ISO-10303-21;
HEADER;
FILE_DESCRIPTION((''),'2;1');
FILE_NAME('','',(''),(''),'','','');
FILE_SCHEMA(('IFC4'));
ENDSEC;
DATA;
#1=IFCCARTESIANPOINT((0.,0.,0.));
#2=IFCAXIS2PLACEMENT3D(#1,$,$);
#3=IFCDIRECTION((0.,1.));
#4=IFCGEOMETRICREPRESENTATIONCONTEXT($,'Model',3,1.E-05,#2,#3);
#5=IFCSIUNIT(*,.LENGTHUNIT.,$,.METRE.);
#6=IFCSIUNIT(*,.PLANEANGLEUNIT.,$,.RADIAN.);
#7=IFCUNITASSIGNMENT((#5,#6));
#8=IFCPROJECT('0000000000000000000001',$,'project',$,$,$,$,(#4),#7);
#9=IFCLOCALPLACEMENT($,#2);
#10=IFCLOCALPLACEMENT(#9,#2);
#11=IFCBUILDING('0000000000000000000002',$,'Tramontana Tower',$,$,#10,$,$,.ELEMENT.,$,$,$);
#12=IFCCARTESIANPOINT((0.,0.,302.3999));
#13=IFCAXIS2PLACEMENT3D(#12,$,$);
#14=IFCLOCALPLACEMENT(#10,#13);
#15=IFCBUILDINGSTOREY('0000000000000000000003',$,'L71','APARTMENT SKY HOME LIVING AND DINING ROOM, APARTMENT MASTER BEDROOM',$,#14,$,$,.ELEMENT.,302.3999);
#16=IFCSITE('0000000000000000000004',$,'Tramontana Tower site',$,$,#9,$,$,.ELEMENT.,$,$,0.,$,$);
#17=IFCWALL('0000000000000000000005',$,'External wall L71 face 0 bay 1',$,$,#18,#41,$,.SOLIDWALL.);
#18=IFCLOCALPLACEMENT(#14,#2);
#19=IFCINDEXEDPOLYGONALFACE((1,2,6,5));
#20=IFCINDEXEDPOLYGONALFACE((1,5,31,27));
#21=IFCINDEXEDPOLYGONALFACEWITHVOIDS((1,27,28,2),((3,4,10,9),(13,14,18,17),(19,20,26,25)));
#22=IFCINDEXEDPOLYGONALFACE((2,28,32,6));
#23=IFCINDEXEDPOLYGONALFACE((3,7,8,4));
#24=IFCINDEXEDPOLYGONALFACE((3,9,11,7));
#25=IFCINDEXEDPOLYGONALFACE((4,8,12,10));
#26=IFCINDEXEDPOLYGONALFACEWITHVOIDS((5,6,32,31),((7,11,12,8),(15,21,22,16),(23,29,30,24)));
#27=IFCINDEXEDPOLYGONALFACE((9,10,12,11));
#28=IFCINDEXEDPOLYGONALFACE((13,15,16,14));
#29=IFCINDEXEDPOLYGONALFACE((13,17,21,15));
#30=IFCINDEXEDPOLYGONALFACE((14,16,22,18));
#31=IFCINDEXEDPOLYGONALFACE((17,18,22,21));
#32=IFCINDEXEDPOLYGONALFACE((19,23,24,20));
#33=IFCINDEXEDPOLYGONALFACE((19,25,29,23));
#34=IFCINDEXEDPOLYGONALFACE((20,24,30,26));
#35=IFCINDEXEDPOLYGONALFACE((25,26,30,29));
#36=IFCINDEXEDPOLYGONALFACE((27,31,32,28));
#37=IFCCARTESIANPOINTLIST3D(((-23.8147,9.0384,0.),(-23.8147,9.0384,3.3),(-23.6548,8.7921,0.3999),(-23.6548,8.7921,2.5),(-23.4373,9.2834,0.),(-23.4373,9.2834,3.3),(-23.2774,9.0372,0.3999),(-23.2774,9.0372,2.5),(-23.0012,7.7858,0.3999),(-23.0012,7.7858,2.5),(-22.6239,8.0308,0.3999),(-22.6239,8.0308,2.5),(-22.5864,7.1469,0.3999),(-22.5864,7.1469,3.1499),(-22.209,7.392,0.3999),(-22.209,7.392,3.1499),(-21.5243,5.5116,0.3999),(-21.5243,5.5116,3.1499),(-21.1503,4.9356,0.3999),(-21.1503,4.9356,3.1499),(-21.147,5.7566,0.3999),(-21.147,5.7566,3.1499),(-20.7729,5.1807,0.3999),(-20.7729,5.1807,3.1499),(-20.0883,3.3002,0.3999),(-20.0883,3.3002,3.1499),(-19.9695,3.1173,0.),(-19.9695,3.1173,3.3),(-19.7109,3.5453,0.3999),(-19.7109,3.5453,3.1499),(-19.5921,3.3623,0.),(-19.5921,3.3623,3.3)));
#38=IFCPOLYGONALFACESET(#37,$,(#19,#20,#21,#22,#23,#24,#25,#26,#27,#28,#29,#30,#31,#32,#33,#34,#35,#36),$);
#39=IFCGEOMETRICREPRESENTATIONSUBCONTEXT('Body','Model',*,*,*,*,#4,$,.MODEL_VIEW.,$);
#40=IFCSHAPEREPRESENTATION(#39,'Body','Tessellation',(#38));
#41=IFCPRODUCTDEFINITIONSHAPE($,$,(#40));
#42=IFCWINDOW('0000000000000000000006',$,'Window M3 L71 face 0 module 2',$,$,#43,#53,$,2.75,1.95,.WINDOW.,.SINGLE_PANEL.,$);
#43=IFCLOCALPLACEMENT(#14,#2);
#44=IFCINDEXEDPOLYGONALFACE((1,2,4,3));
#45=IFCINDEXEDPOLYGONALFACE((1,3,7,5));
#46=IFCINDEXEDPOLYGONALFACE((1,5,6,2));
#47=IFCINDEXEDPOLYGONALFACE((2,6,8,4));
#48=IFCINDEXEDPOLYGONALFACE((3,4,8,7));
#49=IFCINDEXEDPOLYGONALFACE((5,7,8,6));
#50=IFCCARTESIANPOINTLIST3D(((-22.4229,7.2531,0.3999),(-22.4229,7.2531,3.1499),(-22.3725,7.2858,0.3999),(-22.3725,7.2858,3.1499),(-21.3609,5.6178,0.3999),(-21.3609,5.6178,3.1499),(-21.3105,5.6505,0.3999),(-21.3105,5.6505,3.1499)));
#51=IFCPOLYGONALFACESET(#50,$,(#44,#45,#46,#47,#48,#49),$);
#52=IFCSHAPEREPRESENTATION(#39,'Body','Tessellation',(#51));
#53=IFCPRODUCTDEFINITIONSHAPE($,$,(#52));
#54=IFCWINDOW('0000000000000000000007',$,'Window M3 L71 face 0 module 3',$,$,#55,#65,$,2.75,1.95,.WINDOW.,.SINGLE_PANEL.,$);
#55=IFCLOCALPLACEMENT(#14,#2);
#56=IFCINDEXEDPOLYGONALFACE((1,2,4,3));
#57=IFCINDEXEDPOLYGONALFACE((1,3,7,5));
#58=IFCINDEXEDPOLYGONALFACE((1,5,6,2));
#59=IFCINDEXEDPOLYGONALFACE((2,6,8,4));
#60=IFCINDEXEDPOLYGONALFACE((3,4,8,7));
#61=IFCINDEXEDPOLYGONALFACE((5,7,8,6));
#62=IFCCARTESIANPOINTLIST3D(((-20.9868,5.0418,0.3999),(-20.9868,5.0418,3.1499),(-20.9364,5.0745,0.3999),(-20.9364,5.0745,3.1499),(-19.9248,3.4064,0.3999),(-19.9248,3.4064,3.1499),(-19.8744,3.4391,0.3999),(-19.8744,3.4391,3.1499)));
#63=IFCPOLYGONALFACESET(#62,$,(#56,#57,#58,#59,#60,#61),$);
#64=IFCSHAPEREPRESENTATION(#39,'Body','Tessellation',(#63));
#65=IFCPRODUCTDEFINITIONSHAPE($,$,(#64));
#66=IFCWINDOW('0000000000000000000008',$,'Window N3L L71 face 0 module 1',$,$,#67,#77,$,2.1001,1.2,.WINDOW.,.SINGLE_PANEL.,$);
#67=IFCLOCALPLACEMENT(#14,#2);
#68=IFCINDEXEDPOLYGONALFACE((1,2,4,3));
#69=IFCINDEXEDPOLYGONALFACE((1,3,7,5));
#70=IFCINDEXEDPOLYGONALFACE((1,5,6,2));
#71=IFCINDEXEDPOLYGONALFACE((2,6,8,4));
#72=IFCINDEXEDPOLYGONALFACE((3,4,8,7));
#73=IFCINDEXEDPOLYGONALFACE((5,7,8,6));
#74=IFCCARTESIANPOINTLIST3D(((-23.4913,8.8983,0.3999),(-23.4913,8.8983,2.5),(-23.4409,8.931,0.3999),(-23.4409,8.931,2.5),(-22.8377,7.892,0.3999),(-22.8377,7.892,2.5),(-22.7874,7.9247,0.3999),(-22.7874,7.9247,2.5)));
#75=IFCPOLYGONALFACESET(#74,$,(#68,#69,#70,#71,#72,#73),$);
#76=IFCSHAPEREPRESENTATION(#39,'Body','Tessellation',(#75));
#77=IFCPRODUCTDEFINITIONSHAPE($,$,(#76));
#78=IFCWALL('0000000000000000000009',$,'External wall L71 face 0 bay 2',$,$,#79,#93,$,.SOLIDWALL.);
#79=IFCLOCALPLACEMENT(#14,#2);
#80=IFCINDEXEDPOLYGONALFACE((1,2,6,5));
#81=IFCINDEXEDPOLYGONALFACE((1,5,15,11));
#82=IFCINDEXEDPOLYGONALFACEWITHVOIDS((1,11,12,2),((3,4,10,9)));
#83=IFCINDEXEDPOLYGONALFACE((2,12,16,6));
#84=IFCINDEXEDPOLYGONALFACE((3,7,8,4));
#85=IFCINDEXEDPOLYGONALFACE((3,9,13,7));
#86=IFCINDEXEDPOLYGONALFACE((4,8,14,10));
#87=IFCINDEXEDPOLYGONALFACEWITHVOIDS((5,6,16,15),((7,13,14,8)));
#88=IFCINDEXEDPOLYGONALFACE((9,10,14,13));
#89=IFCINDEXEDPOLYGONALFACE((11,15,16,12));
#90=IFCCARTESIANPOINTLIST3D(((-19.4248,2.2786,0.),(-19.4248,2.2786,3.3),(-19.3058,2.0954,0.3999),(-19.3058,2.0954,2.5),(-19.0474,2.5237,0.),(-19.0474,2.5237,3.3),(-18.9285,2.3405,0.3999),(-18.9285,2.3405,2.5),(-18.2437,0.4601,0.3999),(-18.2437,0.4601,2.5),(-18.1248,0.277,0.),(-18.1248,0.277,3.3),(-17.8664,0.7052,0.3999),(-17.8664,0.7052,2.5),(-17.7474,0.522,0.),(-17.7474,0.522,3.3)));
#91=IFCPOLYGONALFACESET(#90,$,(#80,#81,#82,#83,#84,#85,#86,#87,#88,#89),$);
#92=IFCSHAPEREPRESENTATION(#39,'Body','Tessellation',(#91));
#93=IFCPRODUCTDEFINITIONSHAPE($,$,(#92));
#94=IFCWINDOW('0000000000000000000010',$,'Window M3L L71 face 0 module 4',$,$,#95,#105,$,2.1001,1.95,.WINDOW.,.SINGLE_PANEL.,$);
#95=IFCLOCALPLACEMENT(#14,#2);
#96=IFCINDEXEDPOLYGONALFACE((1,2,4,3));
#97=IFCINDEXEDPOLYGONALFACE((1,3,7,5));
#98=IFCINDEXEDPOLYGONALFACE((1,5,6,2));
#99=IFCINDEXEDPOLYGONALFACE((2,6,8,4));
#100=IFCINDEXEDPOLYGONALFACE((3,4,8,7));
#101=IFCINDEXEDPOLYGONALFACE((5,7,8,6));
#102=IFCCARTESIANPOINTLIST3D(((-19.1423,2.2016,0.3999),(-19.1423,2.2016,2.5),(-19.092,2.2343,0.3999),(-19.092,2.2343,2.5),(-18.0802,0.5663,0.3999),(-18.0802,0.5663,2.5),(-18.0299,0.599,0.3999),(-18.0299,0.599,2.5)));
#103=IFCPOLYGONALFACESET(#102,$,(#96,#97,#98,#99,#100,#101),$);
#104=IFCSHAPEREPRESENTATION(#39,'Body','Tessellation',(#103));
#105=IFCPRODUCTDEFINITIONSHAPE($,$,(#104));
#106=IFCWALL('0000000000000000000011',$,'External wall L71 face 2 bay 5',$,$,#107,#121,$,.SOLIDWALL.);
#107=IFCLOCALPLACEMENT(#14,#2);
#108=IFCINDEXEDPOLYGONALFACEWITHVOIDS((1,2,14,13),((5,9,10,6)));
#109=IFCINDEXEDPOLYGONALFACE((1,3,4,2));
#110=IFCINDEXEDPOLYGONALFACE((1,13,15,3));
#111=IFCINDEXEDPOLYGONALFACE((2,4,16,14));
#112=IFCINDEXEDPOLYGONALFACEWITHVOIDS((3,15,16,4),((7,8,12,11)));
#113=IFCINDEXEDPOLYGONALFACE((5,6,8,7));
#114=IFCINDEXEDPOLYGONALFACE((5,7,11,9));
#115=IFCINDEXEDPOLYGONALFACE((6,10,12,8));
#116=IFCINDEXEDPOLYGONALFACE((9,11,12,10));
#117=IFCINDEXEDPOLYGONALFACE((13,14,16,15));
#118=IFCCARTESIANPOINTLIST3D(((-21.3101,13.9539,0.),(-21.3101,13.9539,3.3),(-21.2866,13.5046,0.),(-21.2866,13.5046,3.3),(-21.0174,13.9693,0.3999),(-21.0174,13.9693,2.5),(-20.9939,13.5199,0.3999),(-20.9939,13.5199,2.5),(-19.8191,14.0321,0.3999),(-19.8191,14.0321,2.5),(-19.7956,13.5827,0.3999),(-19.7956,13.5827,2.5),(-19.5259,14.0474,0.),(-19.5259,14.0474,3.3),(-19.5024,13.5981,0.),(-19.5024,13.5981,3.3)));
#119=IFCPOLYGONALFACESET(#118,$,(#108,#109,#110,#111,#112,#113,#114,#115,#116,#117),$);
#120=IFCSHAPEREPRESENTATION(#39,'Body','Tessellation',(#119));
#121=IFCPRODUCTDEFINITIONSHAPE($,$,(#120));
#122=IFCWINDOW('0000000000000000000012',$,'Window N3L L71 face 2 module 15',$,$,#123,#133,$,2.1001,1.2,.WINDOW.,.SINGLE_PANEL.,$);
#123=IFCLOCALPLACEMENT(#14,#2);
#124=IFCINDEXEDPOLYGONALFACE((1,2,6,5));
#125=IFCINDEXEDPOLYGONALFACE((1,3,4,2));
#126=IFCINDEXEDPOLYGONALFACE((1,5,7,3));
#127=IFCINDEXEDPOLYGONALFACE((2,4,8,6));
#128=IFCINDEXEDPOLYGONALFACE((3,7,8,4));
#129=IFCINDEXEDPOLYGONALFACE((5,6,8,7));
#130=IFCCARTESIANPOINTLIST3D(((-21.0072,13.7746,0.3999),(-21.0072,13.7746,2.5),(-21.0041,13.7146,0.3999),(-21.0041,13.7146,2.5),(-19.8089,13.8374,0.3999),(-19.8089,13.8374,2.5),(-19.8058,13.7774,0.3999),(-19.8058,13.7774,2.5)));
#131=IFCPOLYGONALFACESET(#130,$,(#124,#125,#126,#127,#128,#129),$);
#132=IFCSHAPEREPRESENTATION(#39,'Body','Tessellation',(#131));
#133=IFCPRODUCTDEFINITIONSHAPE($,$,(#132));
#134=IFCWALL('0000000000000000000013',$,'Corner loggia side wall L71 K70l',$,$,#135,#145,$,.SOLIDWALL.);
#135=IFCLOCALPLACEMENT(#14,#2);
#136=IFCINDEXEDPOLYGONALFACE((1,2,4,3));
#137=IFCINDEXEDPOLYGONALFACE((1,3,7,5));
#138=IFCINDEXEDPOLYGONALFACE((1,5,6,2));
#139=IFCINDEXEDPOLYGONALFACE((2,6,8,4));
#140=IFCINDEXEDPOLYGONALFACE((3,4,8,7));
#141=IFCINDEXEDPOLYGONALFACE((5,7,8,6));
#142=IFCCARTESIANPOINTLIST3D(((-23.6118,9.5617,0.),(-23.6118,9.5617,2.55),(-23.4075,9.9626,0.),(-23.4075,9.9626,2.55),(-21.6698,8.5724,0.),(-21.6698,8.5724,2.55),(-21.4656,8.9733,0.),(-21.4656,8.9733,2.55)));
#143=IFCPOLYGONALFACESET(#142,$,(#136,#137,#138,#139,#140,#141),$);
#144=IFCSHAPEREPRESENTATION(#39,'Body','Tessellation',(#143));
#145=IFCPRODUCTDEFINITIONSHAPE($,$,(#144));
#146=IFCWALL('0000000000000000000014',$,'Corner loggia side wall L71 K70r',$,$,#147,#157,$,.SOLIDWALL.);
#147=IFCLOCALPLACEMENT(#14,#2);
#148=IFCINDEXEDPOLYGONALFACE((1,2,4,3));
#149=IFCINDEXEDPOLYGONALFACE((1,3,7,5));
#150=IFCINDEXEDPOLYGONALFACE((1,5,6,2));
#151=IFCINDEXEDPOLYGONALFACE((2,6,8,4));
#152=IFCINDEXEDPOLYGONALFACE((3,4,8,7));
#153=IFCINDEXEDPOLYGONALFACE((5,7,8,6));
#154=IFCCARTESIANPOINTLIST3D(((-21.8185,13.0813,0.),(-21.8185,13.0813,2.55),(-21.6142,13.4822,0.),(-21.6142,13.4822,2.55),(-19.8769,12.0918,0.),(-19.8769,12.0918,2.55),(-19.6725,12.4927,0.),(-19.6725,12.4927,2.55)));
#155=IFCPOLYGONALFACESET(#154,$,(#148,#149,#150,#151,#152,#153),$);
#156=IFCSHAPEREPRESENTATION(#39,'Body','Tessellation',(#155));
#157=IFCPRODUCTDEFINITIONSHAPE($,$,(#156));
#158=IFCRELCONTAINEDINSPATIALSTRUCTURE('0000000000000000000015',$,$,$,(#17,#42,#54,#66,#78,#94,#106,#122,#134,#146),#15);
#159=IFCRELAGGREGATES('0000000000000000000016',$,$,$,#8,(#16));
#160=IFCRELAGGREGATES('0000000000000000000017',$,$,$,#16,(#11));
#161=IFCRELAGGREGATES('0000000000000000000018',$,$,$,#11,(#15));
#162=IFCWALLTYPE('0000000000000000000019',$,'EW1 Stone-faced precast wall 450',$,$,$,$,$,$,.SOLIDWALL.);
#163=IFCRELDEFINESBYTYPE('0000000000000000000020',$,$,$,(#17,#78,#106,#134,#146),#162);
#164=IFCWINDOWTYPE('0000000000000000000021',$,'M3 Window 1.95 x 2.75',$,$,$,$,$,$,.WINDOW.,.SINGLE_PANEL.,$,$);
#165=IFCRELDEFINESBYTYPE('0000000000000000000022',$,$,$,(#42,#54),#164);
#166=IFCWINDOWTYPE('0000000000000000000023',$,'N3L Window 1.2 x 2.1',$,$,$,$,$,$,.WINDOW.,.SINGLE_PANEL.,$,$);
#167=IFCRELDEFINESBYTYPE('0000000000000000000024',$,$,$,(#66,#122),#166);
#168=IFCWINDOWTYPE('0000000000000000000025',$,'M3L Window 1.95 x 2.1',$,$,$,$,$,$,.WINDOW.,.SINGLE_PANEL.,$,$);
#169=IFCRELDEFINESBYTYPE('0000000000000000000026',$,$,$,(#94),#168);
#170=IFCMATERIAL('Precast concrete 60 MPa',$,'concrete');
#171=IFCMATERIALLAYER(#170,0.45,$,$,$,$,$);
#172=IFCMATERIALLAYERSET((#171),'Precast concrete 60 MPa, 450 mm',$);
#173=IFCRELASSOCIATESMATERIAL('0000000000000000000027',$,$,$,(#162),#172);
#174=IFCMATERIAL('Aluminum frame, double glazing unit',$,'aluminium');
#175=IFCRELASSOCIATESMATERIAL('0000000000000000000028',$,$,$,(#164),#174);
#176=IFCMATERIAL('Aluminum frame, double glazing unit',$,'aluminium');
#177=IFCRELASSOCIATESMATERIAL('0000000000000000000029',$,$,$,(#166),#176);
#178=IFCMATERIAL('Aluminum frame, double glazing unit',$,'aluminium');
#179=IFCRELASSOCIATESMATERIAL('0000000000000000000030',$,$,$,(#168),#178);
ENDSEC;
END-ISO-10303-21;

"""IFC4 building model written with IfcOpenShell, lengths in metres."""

from ifc_helpers import new_model, si_unit, direction, frame, frame_2d, origin, place, context, subcontext, project, spatial, rectangle, extrude, material, layer, layer_set, type_object, element, fill, save


model = new_model("IFC4")

# Units and contexts
model_context = context("Model", 3, precision=1e-05, world=origin(), true_north=direction((0.0, 1.0)))
body_context = subcontext(model_context, "Body", "Model", "MODEL_VIEW")
ifc_project = project(units=[si_unit("LENGTHUNIT", "METRE"), si_unit("PLANEANGLEUNIT", "RADIAN")], contexts=[model_context])

# Site, building, storey
site_placement = place(None, origin())
site = spatial("IfcSite", under=ifc_project, at=site_placement, Name="Tramontana Tower site", CompositionType="ELEMENT", RefElevation=0.0)
building_placement = place(site_placement, origin())
building = spatial("IfcBuilding", under=site, at=building_placement, Name="Tramontana Tower", CompositionType="ELEMENT")
storey_placement = place(building_placement, frame((0.0, 0.0, 302.3999)))
storey = spatial("IfcBuildingStorey", under=building, at=storey_placement, Name="L71", Description="APARTMENT SKY HOME LIVING AND DINING ROOM, APARTMENT MASTER BEDROOM", CompositionType="ELEMENT", Elevation=302.3999)

# Wall, openings, windows
ifc_material_1 = material(Name="Precast concrete 60 MPa", Category="concrete")
ifc_layer_1 = layer(ifc_material_1, 0.45)
ifc_layer_set_1 = layer_set([ifc_layer_1], Name="Precast concrete 60 MPa, 450 mm")
wall_type_1 = type_object("IfcWallType", Name="EW1 Stone-faced precast wall 450", PredefinedType="SOLIDWALL", material=ifc_layer_set_1)
wall_1_placement = place(storey_placement, frame((-23.626, 9.1609, 0.0), z_axis=(0.0, 0.0, 1.0), x_axis=(0.544637, -0.838672, 0.0)))
wall_1 = element("IfcWall", 1, at=wall_1_placement, inside=storey, type_object=wall_type_1, Name="External wall L71 face 0 bay 1", PredefinedType="SOLIDWALL", context=body_context, shape_type="SweptSolid", body=[
    extrude(rectangle(XDim=7.0601, YDim=0.45, at=frame_2d((3.53, 0.0))), origin(), (0.0, 0.0, 1.0), 3.3),
])
opening_1_placement = place(wall_1_placement, frame((0.2935, 0.0, 0.3999)))
opening_1 = element("IfcOpeningElement", 2, at=opening_1_placement, cuts=wall_1, PredefinedType="OPENING", context=body_context, shape_type="SweptSolid", body=[
    extrude(rectangle(XDim=1.2, YDim=2.1001, at=frame_2d((0.6001, 1.05))), frame((0.0, 0.2349, 0.0), z_axis=(0.0, -1.0, 0.0), x_axis=(1.0, 0.0, 0.0)), (0.0, 0.0, 1.0), 0.47),
])
opening_2_placement = place(wall_1_placement, frame((2.2551, 0.0, 0.3999)))
opening_2 = element("IfcOpeningElement", 3, at=opening_2_placement, cuts=wall_1, PredefinedType="OPENING", context=body_context, shape_type="SweptSolid", body=[
    extrude(rectangle(XDim=1.95, YDim=2.75, at=frame_2d((0.9751, 1.375))), frame((0.0, 0.2349, 0.0), z_axis=(0.0, -1.0, 0.0), x_axis=(1.0, 0.0, 0.0)), (0.0, 0.0, 1.0), 0.47),
])
opening_3_placement = place(wall_1_placement, frame((4.8918, 0.0, 0.3999)))
opening_3 = element("IfcOpeningElement", 4, at=opening_3_placement, cuts=wall_1, PredefinedType="OPENING", context=body_context, shape_type="SweptSolid", body=[
    extrude(rectangle(XDim=1.95, YDim=2.75, at=frame_2d((0.9751, 1.375))), frame((0.0, 0.2349, 0.0), z_axis=(0.0, -1.0, 0.0), x_axis=(1.0, 0.0, 0.0)), (0.0, 0.0, 1.0), 0.47),
])
ifc_material_2 = material(Name="Aluminum frame, double glazing unit", Category="aluminium")
window_type_1 = type_object("IfcWindowType", Name="M3 Window 1.95 x 2.75", PartitioningType="SINGLE_PANEL", PredefinedType="WINDOW", material=ifc_material_2)
window_1_placement = place(opening_2_placement, origin())
window_1 = element("IfcWindow", 5, at=window_1_placement, inside=storey, type_object=window_type_1, Name="Window M3 L71 face 0 module 2", OverallHeight=2.75, OverallWidth=1.95, PartitioningType="SINGLE_PANEL", PredefinedType="WINDOW", context=body_context, shape_type="SweptSolid", body=[
    extrude(rectangle(XDim=1.95, YDim=2.75, at=frame_2d((0.9751, 1.375))), frame((0.0, 0.03, 0.0), z_axis=(0.0, -1.0, 0.0), x_axis=(1.0, 0.0, 0.0)), (0.0, 0.0, 1.0), 0.0601),
])
fill(opening_2, window_1)
window_2_placement = place(opening_3_placement, origin())
window_2 = element("IfcWindow", 6, at=window_2_placement, inside=storey, type_object=window_type_1, Name="Window M3 L71 face 0 module 3", OverallHeight=2.75, OverallWidth=1.95, PartitioningType="SINGLE_PANEL", PredefinedType="WINDOW", context=body_context, shape_type="SweptSolid", body=[
    extrude(rectangle(XDim=1.95, YDim=2.75, at=frame_2d((0.9751, 1.375))), frame((0.0, 0.03, 0.0), z_axis=(0.0, -1.0, 0.0), x_axis=(1.0, 0.0, 0.0)), (0.0, 0.0, 1.0), 0.0601),
])
fill(opening_3, window_2)
ifc_material_3 = material(Name="Aluminum frame, double glazing unit", Category="aluminium")
window_type_2 = type_object("IfcWindowType", Name="N3L Window 1.2 x 2.1", PartitioningType="SINGLE_PANEL", PredefinedType="WINDOW", material=ifc_material_3)
window_3_placement = place(opening_1_placement, origin())
window_3 = element("IfcWindow", 7, at=window_3_placement, inside=storey, type_object=window_type_2, Name="Window N3L L71 face 0 module 1", OverallHeight=2.1001, OverallWidth=1.2, PartitioningType="SINGLE_PANEL", PredefinedType="WINDOW", context=body_context, shape_type="SweptSolid", body=[
    extrude(rectangle(XDim=1.2, YDim=2.1001, at=frame_2d((0.6001, 1.05))), frame((0.0, 0.03, 0.0), z_axis=(0.0, -1.0, 0.0), x_axis=(1.0, 0.0, 0.0)), (0.0, 0.0, 1.0), 0.0601),
])
fill(opening_1, window_3)

# Walls, openings, windows
wall_2_placement = place(storey_placement, frame((-19.2361, 2.4011, 0.0), z_axis=(0.0, 0.0, 1.0), x_axis=(0.544676, -0.838647, 0.0)))
wall_2 = element("IfcWall", 8, at=wall_2_placement, inside=storey, type_object=wall_type_1, Name="External wall L71 face 0 bay 2", PredefinedType="SOLIDWALL", context=body_context, shape_type="SweptSolid", body=[
    extrude(rectangle(XDim=2.3867, YDim=0.45, at=frame_2d((1.1934, 0.0))), origin(), (0.0, 0.0, 1.0), 3.3),
])
opening_4_placement = place(wall_2_placement, frame((0.2183, 0.0, 0.3999)))
opening_4 = element("IfcOpeningElement", 9, at=opening_4_placement, cuts=wall_2, PredefinedType="OPENING", context=body_context, shape_type="SweptSolid", body=[
    extrude(rectangle(XDim=1.95, YDim=2.1001, at=frame_2d((0.9751, 1.05))), frame((0.0, 0.2349, 0.0), z_axis=(0.0, -1.0, 0.0), x_axis=(1.0, 0.0, 0.0)), (0.0, 0.0, 1.0), 0.47),
])
ifc_material_4 = material(Name="Aluminum frame, double glazing unit", Category="aluminium")
window_type_3 = type_object("IfcWindowType", Name="M3L Window 1.95 x 2.1", PartitioningType="SINGLE_PANEL", PredefinedType="WINDOW", material=ifc_material_4)
window_4_placement = place(opening_4_placement, origin())
window_4 = element("IfcWindow", 10, at=window_4_placement, inside=storey, type_object=window_type_3, Name="Window M3L L71 face 0 module 4", OverallHeight=2.1001, OverallWidth=1.95, PartitioningType="SINGLE_PANEL", PredefinedType="WINDOW", context=body_context, shape_type="SweptSolid", body=[
    extrude(rectangle(XDim=1.95, YDim=2.1001, at=frame_2d((0.9751, 1.05))), frame((0.0, 0.03, 0.0), z_axis=(0.0, -1.0, 0.0), x_axis=(1.0, 0.0, 0.0)), (0.0, 0.0, 1.0), 0.0601),
])
fill(opening_4, window_4)
wall_3_placement = place(storey_placement, frame((-19.5142, 13.8228, 0.0), z_axis=(0.0, 0.0, 1.0), x_axis=(-0.99863, -0.052336, 0.0)))
wall_3 = element("IfcWall", 11, at=wall_3_placement, inside=storey, type_object=wall_type_1, Name="External wall L71 face 2 bay 5", PredefinedType="SOLIDWALL", context=body_context, shape_type="SweptSolid", body=[
    extrude(rectangle(XDim=1.7866, YDim=0.45, at=frame_2d((0.8933, 0.0))), origin(), (0.0, 0.0, 1.0), 3.3),
])
opening_5_placement = place(wall_3_placement, frame((0.2935, 0.0, 0.3999)))
opening_5 = element("IfcOpeningElement", 12, at=opening_5_placement, cuts=wall_3, PredefinedType="OPENING", context=body_context, shape_type="SweptSolid", body=[
    extrude(rectangle(XDim=1.2, YDim=2.1001, at=frame_2d((0.6001, 1.05))), frame((0.0, 0.2349, 0.0), z_axis=(0.0, -1.0, 0.0), x_axis=(1.0, 0.0, 0.0)), (0.0, 0.0, 1.0), 0.47),
])
window_5_placement = place(opening_5_placement, origin())
window_5 = element("IfcWindow", 13, at=window_5_placement, inside=storey, type_object=window_type_2, Name="Window N3L L71 face 2 module 15", OverallHeight=2.1001, OverallWidth=1.2, PartitioningType="SINGLE_PANEL", PredefinedType="WINDOW", context=body_context, shape_type="SweptSolid", body=[
    extrude(rectangle(XDim=1.2, YDim=2.1001, at=frame_2d((0.6001, 1.05))), frame((0.0, 0.03, 0.0), z_axis=(0.0, -1.0, 0.0), x_axis=(1.0, 0.0, 0.0)), (0.0, 0.0, 1.0), 0.0601),
])
fill(opening_5, window_5)

# Walls
wall_4_placement = place(storey_placement, frame((-23.5098, 9.7622, 0.0), z_axis=(0.0, 0.0, 1.0), x_axis=(0.891041, -0.453922, 0.0)))
element("IfcWall", 14, at=wall_4_placement, inside=storey, type_object=wall_type_1, Name="Corner loggia side wall L71 K70l", PredefinedType="SOLIDWALL", context=body_context, shape_type="SweptSolid", body=[
    extrude(rectangle(XDim=2.1794, YDim=0.45, at=frame_2d((1.0898, 0.0))), origin(), (0.0, 0.0, 1.0), 2.55),
])
wall_5_placement = place(storey_placement, frame((-21.7163, 13.2817, 0.0), z_axis=(0.0, 0.0, 1.0), x_axis=(0.890973, -0.454057, 0.0)))
element("IfcWall", 15, at=wall_5_placement, inside=storey, type_object=wall_type_1, Name="Corner loggia side wall L71 K70r", PredefinedType="SOLIDWALL", context=body_context, shape_type="SweptSolid", body=[
    extrude(rectangle(XDim=2.1792, YDim=0.45, at=frame_2d((1.0896, 0.0))), origin(), (0.0, 0.0, 1.0), 2.55),
])

save(model, "model.ifc")
